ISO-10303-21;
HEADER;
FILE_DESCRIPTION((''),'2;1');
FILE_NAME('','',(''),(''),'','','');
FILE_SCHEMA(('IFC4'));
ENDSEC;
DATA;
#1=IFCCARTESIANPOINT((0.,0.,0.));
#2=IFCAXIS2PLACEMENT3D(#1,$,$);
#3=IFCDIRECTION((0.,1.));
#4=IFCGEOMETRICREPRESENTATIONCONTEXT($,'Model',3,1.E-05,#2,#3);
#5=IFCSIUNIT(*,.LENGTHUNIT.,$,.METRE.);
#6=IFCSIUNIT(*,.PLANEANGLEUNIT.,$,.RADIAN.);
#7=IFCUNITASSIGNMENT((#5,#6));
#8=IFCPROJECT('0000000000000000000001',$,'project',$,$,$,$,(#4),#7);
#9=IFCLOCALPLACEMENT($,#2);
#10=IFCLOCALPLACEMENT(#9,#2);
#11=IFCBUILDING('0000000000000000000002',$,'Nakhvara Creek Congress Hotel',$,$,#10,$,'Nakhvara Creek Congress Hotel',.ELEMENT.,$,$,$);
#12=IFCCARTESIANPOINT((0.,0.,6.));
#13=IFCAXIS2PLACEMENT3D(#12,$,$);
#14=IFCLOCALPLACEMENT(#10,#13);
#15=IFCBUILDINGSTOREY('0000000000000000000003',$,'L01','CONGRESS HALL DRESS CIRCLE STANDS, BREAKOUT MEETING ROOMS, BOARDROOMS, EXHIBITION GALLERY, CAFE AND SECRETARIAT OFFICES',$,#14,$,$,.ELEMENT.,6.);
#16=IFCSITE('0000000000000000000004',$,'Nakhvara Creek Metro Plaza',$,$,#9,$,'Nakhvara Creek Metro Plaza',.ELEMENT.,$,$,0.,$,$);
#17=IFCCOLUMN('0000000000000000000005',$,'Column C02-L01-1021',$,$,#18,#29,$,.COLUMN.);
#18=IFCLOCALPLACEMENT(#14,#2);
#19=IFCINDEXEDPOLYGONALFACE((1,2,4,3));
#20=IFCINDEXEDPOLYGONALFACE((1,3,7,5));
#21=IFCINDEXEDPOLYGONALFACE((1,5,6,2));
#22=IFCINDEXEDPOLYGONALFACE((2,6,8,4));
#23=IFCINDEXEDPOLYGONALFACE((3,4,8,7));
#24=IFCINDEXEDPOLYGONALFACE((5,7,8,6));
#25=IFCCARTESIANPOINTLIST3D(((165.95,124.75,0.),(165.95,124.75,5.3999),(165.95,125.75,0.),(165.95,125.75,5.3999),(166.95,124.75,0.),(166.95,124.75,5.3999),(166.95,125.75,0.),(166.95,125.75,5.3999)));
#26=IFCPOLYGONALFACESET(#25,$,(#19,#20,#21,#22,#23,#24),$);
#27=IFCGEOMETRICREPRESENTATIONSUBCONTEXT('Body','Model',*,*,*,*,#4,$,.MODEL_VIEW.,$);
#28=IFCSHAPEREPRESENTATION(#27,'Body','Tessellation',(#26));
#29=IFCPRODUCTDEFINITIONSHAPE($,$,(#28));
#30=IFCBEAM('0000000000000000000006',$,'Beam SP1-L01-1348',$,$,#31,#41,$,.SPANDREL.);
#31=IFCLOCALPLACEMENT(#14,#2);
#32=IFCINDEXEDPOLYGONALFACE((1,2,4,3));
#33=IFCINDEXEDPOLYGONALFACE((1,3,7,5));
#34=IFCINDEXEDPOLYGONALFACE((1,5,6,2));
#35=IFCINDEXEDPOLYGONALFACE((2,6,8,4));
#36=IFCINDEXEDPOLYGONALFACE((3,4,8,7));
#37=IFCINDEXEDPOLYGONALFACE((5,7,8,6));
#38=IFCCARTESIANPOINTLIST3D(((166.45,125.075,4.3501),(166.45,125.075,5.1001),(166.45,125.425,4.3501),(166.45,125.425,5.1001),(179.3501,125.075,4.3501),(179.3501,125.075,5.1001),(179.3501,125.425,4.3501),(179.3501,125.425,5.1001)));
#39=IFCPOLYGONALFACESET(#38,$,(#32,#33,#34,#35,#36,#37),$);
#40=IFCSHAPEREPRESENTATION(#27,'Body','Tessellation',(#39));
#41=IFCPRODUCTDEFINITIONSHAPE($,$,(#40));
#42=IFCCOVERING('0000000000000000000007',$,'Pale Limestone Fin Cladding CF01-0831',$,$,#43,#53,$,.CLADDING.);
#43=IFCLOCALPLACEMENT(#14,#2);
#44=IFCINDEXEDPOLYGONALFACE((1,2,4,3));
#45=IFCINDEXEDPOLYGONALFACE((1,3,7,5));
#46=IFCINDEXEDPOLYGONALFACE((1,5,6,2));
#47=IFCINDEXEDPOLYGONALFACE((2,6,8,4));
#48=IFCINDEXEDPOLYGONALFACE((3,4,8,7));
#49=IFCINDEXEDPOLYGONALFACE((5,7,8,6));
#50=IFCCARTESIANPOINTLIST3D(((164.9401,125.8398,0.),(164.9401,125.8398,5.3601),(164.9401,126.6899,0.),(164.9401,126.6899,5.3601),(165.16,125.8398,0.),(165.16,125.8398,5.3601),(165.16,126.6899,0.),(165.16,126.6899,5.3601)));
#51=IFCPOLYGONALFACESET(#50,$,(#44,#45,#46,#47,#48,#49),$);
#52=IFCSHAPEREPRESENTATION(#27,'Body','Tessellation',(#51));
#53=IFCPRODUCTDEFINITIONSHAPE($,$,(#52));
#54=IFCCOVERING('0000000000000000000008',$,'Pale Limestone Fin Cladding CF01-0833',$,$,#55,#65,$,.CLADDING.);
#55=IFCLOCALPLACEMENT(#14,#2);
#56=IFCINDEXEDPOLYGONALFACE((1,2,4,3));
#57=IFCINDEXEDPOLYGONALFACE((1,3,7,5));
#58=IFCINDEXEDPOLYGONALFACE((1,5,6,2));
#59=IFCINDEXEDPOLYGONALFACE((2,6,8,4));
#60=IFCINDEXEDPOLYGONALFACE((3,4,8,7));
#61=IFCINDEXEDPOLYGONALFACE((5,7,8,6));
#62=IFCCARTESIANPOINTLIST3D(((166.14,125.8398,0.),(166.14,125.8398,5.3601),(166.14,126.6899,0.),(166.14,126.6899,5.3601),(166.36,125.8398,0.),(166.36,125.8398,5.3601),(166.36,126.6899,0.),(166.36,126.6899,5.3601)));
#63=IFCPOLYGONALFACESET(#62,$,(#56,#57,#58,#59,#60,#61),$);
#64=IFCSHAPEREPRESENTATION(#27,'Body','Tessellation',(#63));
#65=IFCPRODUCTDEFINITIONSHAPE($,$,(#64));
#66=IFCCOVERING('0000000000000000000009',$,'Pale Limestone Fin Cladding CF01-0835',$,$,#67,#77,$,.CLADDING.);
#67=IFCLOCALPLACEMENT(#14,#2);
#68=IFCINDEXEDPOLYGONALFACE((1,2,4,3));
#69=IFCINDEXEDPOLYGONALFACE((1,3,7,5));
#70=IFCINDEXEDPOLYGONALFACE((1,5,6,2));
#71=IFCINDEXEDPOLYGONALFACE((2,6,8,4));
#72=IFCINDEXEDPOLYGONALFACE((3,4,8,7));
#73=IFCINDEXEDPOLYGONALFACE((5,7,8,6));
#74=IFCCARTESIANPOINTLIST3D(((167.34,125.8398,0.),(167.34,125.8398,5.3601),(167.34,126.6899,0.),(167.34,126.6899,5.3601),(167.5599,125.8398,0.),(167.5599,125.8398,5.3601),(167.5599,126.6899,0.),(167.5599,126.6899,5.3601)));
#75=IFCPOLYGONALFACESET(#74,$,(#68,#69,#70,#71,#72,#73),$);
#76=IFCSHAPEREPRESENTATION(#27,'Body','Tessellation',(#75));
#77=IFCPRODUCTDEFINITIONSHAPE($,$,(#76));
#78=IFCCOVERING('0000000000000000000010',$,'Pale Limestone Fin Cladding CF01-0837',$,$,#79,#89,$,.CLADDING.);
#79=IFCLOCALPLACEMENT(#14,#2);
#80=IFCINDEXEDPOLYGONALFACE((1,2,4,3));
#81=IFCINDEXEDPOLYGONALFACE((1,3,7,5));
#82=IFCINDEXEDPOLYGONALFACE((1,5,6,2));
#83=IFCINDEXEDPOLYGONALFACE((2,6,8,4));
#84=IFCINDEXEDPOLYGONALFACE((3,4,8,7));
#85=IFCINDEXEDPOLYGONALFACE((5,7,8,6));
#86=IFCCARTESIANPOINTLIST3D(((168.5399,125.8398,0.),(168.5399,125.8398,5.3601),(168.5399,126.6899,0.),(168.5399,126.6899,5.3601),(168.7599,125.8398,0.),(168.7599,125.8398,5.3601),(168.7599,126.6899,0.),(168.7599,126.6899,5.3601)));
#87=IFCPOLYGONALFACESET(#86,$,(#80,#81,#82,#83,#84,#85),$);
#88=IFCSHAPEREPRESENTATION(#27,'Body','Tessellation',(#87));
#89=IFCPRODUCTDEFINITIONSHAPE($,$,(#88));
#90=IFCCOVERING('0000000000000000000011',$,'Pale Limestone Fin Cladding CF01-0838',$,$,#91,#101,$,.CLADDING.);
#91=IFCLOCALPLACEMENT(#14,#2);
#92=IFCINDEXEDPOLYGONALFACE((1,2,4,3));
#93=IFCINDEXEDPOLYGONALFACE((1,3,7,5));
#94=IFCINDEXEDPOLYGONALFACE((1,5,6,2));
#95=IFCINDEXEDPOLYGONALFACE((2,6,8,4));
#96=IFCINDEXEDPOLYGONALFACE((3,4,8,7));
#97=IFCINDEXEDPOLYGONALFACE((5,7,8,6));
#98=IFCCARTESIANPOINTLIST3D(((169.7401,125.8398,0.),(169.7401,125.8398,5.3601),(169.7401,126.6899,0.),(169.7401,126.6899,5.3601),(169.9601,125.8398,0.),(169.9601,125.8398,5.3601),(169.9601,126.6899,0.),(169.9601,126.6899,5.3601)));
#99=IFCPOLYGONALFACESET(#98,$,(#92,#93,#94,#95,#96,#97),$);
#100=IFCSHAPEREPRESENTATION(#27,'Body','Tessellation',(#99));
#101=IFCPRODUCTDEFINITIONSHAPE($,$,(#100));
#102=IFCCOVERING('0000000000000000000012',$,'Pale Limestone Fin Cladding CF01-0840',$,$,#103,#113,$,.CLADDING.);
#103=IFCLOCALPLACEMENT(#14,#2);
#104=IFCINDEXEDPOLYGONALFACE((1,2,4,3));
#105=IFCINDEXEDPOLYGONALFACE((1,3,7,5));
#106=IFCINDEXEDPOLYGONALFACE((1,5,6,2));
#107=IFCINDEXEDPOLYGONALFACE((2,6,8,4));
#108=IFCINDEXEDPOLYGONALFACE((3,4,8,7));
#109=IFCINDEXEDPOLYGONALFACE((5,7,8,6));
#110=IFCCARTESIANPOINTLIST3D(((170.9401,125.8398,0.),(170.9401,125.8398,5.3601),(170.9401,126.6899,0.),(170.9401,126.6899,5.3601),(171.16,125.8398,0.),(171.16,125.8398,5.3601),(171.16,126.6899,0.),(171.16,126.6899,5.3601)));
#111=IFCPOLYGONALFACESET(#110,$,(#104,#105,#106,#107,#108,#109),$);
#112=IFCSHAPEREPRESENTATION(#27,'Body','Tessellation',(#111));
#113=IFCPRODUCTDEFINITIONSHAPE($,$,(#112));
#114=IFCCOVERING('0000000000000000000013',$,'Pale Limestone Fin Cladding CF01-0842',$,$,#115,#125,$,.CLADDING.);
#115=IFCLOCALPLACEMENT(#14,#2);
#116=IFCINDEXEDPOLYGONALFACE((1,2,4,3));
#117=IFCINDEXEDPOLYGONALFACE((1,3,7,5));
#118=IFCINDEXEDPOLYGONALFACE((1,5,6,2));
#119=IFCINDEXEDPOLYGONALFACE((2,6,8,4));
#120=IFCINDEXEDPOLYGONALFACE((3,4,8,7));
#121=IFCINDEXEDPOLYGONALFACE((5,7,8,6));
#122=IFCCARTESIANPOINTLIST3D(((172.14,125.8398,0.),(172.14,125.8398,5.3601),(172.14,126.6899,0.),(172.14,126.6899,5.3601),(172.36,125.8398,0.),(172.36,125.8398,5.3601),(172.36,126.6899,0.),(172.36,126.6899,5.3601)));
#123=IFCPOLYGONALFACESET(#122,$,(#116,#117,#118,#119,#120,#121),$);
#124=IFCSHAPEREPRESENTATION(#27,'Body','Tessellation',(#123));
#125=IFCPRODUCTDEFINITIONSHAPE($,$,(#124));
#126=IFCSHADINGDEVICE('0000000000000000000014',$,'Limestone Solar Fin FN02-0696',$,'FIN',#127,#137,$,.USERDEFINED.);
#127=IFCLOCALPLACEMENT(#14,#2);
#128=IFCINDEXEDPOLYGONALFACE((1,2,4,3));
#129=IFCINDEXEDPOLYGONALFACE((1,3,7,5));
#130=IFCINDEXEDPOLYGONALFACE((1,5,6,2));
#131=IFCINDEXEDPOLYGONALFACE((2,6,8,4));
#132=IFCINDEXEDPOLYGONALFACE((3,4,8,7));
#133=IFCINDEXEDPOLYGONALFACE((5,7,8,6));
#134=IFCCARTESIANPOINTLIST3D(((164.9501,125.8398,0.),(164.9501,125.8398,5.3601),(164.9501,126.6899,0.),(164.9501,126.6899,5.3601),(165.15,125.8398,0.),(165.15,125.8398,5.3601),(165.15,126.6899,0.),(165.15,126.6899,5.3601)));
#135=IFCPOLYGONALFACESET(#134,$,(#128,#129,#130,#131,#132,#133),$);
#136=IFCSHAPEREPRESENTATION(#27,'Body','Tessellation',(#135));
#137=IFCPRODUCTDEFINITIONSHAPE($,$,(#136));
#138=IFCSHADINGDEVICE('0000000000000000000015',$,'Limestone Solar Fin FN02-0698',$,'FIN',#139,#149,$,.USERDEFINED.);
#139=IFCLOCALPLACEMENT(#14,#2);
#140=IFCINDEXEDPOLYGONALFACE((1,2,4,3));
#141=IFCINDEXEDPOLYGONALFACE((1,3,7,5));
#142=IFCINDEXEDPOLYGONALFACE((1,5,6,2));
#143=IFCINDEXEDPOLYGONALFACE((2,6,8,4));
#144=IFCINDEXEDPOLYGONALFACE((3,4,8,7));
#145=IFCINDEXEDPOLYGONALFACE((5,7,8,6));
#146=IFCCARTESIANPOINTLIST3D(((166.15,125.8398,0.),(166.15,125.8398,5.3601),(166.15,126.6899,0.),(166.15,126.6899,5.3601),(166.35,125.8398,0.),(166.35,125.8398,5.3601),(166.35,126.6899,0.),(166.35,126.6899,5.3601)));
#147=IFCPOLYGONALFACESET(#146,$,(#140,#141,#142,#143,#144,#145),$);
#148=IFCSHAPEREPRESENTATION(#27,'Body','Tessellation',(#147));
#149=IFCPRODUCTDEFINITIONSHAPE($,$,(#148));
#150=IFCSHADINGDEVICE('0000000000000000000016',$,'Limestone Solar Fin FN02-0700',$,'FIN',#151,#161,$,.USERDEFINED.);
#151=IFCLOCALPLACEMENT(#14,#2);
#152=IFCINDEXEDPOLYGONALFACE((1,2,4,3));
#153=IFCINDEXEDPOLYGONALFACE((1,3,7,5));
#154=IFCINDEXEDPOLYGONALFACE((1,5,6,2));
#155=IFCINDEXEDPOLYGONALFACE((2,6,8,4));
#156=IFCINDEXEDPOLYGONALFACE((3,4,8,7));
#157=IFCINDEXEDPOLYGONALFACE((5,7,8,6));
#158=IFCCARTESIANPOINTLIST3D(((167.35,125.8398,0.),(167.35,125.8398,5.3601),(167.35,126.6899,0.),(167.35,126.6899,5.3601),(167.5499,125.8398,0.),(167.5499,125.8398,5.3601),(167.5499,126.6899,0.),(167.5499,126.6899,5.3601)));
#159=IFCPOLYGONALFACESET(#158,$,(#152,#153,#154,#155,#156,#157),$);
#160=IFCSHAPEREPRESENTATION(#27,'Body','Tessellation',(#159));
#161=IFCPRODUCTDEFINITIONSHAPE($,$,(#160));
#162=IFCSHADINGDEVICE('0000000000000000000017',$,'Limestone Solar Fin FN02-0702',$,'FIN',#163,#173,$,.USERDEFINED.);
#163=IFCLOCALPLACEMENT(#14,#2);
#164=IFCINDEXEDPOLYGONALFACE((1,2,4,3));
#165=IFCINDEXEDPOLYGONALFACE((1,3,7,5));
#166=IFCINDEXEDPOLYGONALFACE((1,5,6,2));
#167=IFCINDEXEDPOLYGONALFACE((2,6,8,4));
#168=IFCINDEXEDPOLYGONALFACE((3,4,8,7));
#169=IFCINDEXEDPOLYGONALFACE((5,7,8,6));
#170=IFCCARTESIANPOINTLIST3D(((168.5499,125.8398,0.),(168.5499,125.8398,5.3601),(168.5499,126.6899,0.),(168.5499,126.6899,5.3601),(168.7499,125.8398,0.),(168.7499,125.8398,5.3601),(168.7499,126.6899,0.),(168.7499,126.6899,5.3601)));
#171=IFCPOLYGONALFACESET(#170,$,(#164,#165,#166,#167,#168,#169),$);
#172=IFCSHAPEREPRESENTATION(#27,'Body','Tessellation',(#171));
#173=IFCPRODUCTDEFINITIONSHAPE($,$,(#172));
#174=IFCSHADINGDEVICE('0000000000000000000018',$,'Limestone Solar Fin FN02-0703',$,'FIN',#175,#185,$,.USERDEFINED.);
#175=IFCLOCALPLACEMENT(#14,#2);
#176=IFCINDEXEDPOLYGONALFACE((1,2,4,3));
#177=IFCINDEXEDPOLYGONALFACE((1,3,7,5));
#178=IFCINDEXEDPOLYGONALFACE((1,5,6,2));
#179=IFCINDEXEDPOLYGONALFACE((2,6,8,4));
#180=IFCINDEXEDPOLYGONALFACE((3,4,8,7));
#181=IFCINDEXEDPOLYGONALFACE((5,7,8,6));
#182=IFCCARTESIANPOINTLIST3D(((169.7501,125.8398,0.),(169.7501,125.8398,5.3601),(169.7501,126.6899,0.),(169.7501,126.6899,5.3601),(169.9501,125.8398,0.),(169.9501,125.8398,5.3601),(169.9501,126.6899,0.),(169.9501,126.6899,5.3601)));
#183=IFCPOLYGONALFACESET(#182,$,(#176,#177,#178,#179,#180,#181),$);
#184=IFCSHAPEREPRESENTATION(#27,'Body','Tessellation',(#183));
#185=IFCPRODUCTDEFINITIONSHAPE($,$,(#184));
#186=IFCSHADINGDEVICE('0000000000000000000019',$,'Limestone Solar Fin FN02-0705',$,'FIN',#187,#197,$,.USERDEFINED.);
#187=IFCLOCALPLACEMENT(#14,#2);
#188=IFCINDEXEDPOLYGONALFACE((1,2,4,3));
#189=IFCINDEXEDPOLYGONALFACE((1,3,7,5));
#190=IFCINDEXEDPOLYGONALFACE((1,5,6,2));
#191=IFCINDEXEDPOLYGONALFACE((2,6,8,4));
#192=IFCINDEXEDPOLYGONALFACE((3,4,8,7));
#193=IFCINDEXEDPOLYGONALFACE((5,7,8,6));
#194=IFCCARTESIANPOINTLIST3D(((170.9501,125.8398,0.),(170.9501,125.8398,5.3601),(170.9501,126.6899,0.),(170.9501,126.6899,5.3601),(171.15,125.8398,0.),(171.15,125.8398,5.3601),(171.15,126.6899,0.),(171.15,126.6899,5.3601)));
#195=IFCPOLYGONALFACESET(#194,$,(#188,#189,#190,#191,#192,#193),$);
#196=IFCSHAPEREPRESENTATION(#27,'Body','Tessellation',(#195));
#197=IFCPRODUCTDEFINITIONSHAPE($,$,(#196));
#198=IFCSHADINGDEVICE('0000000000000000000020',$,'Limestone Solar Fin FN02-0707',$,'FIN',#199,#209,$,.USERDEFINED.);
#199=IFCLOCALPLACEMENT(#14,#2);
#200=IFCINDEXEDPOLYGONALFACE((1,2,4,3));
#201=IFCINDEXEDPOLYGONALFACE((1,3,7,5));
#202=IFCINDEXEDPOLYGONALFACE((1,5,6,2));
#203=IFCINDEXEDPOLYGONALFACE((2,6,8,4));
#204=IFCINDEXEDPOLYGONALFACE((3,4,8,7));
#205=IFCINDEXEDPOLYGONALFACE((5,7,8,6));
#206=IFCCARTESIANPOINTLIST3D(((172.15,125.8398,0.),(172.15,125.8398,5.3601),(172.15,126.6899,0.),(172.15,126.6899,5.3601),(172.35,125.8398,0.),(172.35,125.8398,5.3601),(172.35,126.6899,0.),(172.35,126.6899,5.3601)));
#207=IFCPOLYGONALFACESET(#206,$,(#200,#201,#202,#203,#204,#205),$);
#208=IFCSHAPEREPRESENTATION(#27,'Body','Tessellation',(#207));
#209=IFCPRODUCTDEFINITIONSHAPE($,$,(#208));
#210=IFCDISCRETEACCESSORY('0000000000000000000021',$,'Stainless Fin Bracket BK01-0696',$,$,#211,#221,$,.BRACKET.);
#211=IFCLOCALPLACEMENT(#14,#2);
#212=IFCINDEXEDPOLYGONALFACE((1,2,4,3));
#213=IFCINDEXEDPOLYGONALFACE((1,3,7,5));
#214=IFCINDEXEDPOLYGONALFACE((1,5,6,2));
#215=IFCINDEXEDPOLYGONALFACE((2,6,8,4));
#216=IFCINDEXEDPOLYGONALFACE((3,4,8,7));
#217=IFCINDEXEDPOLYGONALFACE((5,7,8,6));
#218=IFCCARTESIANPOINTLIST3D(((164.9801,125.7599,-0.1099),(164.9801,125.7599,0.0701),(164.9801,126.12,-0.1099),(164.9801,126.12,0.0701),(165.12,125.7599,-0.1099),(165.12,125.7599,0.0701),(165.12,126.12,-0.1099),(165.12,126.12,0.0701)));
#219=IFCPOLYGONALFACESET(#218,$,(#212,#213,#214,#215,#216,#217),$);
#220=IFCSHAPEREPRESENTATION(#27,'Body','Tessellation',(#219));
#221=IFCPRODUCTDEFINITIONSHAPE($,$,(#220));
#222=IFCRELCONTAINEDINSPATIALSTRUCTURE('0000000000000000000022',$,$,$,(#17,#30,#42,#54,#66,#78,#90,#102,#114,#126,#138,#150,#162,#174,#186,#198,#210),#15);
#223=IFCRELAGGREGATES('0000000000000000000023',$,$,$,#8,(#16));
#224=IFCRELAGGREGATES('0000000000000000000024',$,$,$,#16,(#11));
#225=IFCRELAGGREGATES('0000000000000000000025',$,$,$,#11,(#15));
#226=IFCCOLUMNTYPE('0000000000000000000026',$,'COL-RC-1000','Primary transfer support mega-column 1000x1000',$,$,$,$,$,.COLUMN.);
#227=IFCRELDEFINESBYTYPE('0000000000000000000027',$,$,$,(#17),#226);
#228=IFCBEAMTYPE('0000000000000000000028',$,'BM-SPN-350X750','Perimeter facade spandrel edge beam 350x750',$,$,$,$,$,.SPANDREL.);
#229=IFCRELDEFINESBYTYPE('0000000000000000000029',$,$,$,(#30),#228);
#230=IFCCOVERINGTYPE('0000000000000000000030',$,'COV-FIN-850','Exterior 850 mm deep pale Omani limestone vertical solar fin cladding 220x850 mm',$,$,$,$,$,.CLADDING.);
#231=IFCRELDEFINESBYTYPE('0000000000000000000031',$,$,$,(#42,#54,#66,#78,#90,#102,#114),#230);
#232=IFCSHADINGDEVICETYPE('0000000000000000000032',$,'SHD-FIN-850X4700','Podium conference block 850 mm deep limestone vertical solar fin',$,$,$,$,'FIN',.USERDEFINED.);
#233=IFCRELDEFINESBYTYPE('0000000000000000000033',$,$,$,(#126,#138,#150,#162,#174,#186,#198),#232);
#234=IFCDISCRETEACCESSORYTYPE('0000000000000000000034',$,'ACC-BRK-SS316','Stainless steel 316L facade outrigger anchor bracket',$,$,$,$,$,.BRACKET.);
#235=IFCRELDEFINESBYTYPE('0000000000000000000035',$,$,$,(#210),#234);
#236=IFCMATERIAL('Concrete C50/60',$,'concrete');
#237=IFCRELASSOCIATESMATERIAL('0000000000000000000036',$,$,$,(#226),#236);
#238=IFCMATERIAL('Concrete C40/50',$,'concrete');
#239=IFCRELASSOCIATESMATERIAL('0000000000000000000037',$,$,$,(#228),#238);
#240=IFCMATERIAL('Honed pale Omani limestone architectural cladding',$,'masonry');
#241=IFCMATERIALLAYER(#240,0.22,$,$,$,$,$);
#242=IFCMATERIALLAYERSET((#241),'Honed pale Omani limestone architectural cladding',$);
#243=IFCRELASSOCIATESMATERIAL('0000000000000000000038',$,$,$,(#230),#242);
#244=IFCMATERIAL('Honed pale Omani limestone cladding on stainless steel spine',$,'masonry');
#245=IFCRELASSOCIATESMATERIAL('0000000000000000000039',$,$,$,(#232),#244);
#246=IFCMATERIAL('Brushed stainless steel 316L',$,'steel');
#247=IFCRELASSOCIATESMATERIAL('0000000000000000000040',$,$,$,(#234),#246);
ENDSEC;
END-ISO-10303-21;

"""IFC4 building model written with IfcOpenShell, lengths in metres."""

from ifc_helpers import new_model, si_unit, direction, frame, origin, origin_2d, place, context, subcontext, project, spatial, rectangle, extrude, material, layer, layer_set, material_profile, profile_set, type_object, element, save


model = new_model("IFC4")

# Units and contexts
model_context = context("Model", 3, precision=1e-05, world=origin(), true_north=direction((0.0, 1.0)))
body_context = subcontext(model_context, "Body", "Model", "MODEL_VIEW")
ifc_project = project(units=[si_unit("LENGTHUNIT", "METRE"), si_unit("PLANEANGLEUNIT", "RADIAN")], contexts=[model_context])

# Site, building, storey
site_placement = place(None, origin())
site = spatial("IfcSite", under=ifc_project, at=site_placement, Name="Nakhvara Creek Metro Plaza", LongName="Nakhvara Creek Metro Plaza", CompositionType="ELEMENT", RefElevation=0.0)
building_placement = place(site_placement, origin())
building = spatial("IfcBuilding", under=site, at=building_placement, Name="Nakhvara Creek Congress Hotel", LongName="Nakhvara Creek Congress Hotel", CompositionType="ELEMENT")
storey_placement = place(building_placement, frame((0.0, 0.0, 6.0)))
storey = spatial("IfcBuildingStorey", under=building, at=storey_placement, Name="L01", Description="CONGRESS HALL DRESS CIRCLE STANDS, BREAKOUT MEETING ROOMS, BOARDROOMS, EXHIBITION GALLERY, CAFE AND SECRETARIAT OFFICES", CompositionType="ELEMENT", Elevation=6.0)

# Column
ifc_material_1 = material(Name="Concrete C50/60", Category="concrete")
ifc_material_profile_1 = material_profile(ifc_material_1, rectangle(XDim=1.0, YDim=1.0, at=origin_2d()), Name="RC-COL 1000x1000", Category="LoadBearing")
ifc_profile_set_1 = profile_set([ifc_material_profile_1], Name="Concrete C50/60")
column_type = type_object("IfcColumnType", Name="COL-RC-1000", Description="Primary transfer support mega-column 1000x1000", PredefinedType="COLUMN", material=ifc_profile_set_1)
column_placement = place(storey_placement, frame((166.45, 125.25, 0.0), z_axis=(0.0, 0.0, 1.0), x_axis=(1.0, 0.0, 0.0)))
element("IfcColumn", 1, at=column_placement, inside=storey, type_object=column_type, Name="Column C02-L01-1021", PredefinedType="COLUMN", context=body_context, shape_type="SweptSolid", body=[
    extrude(rectangle(XDim=1.0, YDim=1.0, at=origin_2d()), origin(), (0.0, 0.0, 1.0), 5.3999),
])

# Beam
ifc_material_2 = material(Name="Concrete C40/50", Category="concrete")
ifc_material_profile_2 = material_profile(ifc_material_2, rectangle(XDim=0.3501, YDim=0.75, at=origin_2d()), Name="RC-SPANDREL 350x750", Category="LoadBearing")
ifc_profile_set_2 = profile_set([ifc_material_profile_2], Name="Concrete C40/50")
beam_type = type_object("IfcBeamType", Name="BM-SPN-350X750", Description="Perimeter facade spandrel edge beam 350x750", PredefinedType="SPANDREL", material=ifc_profile_set_2)
beam_placement = place(storey_placement, frame((166.45, 125.25, 4.7251), z_axis=(1.0, 0.0, 0.0), x_axis=(0.0, 1.0, 0.0)))
element("IfcBeam", 2, at=beam_placement, inside=storey, type_object=beam_type, Name="Beam SP1-L01-1348", PredefinedType="SPANDREL", context=body_context, shape_type="SweptSolid", body=[
    extrude(rectangle(XDim=0.3501, YDim=0.75, at=origin_2d()), origin(), (0.0, 0.0, 1.0), 12.9001),
])

# Coverings
ifc_material_3 = material(Name="Honed pale Omani limestone architectural cladding", Category="masonry")
ifc_layer = layer(ifc_material_3, 0.22)
ifc_layer_set = layer_set([ifc_layer], Name="Honed pale Omani limestone architectural cladding")
covering_type = type_object("IfcCoveringType", Name="COV-FIN-850", Description="Exterior 850 mm deep pale Omani limestone vertical solar fin cladding 220x850 mm", PredefinedType="CLADDING", material=ifc_layer_set)
for number, where, z_axis, x_axis, name in (
    (3, (165.05, 126.2649, 0.0), (0.0, 0.0, 1.0), (1.0, 0.0, 0.0), "Pale Limestone Fin Cladding CF01-0831"),
    (4, (166.25, 126.2649, 0.0), (0.0, 0.0, 1.0), (1.0, 0.0, 0.0), "Pale Limestone Fin Cladding CF01-0833"),
    (5, (167.45, 126.2649, 0.0), (0.0, 0.0, 1.0), (1.0, 0.0, 0.0), "Pale Limestone Fin Cladding CF01-0835"),
    (6, (168.6499, 126.2649, 0.0), (0.0, 0.0, 1.0), (1.0, 0.0, 0.0), "Pale Limestone Fin Cladding CF01-0837"),
    (7, (169.8501, 126.2649, 0.0), (0.0, 0.0, 1.0), (1.0, 0.0, 0.0), "Pale Limestone Fin Cladding CF01-0838"),
    (8, (171.05, 126.2649, 0.0), (0.0, 0.0, 1.0), (1.0, 0.0, 0.0), "Pale Limestone Fin Cladding CF01-0840"),
    (9, (172.25, 126.2649, 0.0), (0.0, 0.0, 1.0), (1.0, 0.0, 0.0), "Pale Limestone Fin Cladding CF01-0842"),
):
    element("IfcCovering", number, at=place(storey_placement, frame(where, z_axis=z_axis, x_axis=x_axis)), inside=storey, type_object=covering_type, Name=name, PredefinedType="CLADDING", context=body_context, shape_type="SweptSolid", body=[
        extrude(rectangle(XDim=0.22, YDim=0.8501, at=origin_2d()), origin(), (0.0, 0.0, 1.0), 5.3601),
    ])

# Shading devices
ifc_material_4 = material(Name="Honed pale Omani limestone cladding on stainless steel spine", Category="masonry")
shading_device_type = type_object("IfcShadingDeviceType", Name="SHD-FIN-850X4700", Description="Podium conference block 850 mm deep limestone vertical solar fin", ElementType="FIN", PredefinedType="USERDEFINED", material=ifc_material_4)
for number, where, z_axis, x_axis, name in (
    (10, (165.05, 126.2649, 0.0), (0.0, 0.0, 1.0), (1.0, 0.0, 0.0), "Limestone Solar Fin FN02-0696"),
    (11, (166.25, 126.2649, 0.0), (0.0, 0.0, 1.0), (1.0, 0.0, 0.0), "Limestone Solar Fin FN02-0698"),
    (12, (167.45, 126.2649, 0.0), (0.0, 0.0, 1.0), (1.0, 0.0, 0.0), "Limestone Solar Fin FN02-0700"),
    (13, (168.6499, 126.2649, 0.0), (0.0, 0.0, 1.0), (1.0, 0.0, 0.0), "Limestone Solar Fin FN02-0702"),
    (14, (169.8501, 126.2649, 0.0), (0.0, 0.0, 1.0), (1.0, 0.0, 0.0), "Limestone Solar Fin FN02-0703"),
    (15, (171.05, 126.2649, 0.0), (0.0, 0.0, 1.0), (1.0, 0.0, 0.0), "Limestone Solar Fin FN02-0705"),
    (16, (172.25, 126.2649, 0.0), (0.0, 0.0, 1.0), (1.0, 0.0, 0.0), "Limestone Solar Fin FN02-0707"),
):
    element("IfcShadingDevice", number, at=place(storey_placement, frame(where, z_axis=z_axis, x_axis=x_axis)), inside=storey, type_object=shading_device_type, Name=name, ObjectType="FIN", PredefinedType="USERDEFINED", context=body_context, shape_type="SweptSolid", body=[
        extrude(rectangle(XDim=0.2, YDim=0.8501, at=origin_2d()), origin(), (0.0, 0.0, 1.0), 5.3601),
    ])

# Discrete accessory
ifc_material_5 = material(Name="Brushed stainless steel 316L", Category="steel")
discrete_accessory_type = type_object("IfcDiscreteAccessoryType", Name="ACC-BRK-SS316", Description="Stainless steel 316L facade outrigger anchor bracket", PredefinedType="BRACKET", material=ifc_material_5)
for number, where, z_axis, x_axis, name in (
    (17, (165.05, 125.9399, -0.1099), (0.0, 0.0, 1.0), (1.0, 0.0, 0.0), "Stainless Fin Bracket BK01-0696"),
):
    element("IfcDiscreteAccessory", number, at=place(storey_placement, frame(where, z_axis=z_axis, x_axis=x_axis)), inside=storey, type_object=discrete_accessory_type, Name=name, PredefinedType="BRACKET", context=body_context, shape_type="SweptSolid", body=[
        extrude(rectangle(XDim=0.1399, YDim=0.3601, at=origin_2d()), origin(), (0.0, 0.0, 1.0), 0.1799),
    ])

save(model, "model.ifc")
